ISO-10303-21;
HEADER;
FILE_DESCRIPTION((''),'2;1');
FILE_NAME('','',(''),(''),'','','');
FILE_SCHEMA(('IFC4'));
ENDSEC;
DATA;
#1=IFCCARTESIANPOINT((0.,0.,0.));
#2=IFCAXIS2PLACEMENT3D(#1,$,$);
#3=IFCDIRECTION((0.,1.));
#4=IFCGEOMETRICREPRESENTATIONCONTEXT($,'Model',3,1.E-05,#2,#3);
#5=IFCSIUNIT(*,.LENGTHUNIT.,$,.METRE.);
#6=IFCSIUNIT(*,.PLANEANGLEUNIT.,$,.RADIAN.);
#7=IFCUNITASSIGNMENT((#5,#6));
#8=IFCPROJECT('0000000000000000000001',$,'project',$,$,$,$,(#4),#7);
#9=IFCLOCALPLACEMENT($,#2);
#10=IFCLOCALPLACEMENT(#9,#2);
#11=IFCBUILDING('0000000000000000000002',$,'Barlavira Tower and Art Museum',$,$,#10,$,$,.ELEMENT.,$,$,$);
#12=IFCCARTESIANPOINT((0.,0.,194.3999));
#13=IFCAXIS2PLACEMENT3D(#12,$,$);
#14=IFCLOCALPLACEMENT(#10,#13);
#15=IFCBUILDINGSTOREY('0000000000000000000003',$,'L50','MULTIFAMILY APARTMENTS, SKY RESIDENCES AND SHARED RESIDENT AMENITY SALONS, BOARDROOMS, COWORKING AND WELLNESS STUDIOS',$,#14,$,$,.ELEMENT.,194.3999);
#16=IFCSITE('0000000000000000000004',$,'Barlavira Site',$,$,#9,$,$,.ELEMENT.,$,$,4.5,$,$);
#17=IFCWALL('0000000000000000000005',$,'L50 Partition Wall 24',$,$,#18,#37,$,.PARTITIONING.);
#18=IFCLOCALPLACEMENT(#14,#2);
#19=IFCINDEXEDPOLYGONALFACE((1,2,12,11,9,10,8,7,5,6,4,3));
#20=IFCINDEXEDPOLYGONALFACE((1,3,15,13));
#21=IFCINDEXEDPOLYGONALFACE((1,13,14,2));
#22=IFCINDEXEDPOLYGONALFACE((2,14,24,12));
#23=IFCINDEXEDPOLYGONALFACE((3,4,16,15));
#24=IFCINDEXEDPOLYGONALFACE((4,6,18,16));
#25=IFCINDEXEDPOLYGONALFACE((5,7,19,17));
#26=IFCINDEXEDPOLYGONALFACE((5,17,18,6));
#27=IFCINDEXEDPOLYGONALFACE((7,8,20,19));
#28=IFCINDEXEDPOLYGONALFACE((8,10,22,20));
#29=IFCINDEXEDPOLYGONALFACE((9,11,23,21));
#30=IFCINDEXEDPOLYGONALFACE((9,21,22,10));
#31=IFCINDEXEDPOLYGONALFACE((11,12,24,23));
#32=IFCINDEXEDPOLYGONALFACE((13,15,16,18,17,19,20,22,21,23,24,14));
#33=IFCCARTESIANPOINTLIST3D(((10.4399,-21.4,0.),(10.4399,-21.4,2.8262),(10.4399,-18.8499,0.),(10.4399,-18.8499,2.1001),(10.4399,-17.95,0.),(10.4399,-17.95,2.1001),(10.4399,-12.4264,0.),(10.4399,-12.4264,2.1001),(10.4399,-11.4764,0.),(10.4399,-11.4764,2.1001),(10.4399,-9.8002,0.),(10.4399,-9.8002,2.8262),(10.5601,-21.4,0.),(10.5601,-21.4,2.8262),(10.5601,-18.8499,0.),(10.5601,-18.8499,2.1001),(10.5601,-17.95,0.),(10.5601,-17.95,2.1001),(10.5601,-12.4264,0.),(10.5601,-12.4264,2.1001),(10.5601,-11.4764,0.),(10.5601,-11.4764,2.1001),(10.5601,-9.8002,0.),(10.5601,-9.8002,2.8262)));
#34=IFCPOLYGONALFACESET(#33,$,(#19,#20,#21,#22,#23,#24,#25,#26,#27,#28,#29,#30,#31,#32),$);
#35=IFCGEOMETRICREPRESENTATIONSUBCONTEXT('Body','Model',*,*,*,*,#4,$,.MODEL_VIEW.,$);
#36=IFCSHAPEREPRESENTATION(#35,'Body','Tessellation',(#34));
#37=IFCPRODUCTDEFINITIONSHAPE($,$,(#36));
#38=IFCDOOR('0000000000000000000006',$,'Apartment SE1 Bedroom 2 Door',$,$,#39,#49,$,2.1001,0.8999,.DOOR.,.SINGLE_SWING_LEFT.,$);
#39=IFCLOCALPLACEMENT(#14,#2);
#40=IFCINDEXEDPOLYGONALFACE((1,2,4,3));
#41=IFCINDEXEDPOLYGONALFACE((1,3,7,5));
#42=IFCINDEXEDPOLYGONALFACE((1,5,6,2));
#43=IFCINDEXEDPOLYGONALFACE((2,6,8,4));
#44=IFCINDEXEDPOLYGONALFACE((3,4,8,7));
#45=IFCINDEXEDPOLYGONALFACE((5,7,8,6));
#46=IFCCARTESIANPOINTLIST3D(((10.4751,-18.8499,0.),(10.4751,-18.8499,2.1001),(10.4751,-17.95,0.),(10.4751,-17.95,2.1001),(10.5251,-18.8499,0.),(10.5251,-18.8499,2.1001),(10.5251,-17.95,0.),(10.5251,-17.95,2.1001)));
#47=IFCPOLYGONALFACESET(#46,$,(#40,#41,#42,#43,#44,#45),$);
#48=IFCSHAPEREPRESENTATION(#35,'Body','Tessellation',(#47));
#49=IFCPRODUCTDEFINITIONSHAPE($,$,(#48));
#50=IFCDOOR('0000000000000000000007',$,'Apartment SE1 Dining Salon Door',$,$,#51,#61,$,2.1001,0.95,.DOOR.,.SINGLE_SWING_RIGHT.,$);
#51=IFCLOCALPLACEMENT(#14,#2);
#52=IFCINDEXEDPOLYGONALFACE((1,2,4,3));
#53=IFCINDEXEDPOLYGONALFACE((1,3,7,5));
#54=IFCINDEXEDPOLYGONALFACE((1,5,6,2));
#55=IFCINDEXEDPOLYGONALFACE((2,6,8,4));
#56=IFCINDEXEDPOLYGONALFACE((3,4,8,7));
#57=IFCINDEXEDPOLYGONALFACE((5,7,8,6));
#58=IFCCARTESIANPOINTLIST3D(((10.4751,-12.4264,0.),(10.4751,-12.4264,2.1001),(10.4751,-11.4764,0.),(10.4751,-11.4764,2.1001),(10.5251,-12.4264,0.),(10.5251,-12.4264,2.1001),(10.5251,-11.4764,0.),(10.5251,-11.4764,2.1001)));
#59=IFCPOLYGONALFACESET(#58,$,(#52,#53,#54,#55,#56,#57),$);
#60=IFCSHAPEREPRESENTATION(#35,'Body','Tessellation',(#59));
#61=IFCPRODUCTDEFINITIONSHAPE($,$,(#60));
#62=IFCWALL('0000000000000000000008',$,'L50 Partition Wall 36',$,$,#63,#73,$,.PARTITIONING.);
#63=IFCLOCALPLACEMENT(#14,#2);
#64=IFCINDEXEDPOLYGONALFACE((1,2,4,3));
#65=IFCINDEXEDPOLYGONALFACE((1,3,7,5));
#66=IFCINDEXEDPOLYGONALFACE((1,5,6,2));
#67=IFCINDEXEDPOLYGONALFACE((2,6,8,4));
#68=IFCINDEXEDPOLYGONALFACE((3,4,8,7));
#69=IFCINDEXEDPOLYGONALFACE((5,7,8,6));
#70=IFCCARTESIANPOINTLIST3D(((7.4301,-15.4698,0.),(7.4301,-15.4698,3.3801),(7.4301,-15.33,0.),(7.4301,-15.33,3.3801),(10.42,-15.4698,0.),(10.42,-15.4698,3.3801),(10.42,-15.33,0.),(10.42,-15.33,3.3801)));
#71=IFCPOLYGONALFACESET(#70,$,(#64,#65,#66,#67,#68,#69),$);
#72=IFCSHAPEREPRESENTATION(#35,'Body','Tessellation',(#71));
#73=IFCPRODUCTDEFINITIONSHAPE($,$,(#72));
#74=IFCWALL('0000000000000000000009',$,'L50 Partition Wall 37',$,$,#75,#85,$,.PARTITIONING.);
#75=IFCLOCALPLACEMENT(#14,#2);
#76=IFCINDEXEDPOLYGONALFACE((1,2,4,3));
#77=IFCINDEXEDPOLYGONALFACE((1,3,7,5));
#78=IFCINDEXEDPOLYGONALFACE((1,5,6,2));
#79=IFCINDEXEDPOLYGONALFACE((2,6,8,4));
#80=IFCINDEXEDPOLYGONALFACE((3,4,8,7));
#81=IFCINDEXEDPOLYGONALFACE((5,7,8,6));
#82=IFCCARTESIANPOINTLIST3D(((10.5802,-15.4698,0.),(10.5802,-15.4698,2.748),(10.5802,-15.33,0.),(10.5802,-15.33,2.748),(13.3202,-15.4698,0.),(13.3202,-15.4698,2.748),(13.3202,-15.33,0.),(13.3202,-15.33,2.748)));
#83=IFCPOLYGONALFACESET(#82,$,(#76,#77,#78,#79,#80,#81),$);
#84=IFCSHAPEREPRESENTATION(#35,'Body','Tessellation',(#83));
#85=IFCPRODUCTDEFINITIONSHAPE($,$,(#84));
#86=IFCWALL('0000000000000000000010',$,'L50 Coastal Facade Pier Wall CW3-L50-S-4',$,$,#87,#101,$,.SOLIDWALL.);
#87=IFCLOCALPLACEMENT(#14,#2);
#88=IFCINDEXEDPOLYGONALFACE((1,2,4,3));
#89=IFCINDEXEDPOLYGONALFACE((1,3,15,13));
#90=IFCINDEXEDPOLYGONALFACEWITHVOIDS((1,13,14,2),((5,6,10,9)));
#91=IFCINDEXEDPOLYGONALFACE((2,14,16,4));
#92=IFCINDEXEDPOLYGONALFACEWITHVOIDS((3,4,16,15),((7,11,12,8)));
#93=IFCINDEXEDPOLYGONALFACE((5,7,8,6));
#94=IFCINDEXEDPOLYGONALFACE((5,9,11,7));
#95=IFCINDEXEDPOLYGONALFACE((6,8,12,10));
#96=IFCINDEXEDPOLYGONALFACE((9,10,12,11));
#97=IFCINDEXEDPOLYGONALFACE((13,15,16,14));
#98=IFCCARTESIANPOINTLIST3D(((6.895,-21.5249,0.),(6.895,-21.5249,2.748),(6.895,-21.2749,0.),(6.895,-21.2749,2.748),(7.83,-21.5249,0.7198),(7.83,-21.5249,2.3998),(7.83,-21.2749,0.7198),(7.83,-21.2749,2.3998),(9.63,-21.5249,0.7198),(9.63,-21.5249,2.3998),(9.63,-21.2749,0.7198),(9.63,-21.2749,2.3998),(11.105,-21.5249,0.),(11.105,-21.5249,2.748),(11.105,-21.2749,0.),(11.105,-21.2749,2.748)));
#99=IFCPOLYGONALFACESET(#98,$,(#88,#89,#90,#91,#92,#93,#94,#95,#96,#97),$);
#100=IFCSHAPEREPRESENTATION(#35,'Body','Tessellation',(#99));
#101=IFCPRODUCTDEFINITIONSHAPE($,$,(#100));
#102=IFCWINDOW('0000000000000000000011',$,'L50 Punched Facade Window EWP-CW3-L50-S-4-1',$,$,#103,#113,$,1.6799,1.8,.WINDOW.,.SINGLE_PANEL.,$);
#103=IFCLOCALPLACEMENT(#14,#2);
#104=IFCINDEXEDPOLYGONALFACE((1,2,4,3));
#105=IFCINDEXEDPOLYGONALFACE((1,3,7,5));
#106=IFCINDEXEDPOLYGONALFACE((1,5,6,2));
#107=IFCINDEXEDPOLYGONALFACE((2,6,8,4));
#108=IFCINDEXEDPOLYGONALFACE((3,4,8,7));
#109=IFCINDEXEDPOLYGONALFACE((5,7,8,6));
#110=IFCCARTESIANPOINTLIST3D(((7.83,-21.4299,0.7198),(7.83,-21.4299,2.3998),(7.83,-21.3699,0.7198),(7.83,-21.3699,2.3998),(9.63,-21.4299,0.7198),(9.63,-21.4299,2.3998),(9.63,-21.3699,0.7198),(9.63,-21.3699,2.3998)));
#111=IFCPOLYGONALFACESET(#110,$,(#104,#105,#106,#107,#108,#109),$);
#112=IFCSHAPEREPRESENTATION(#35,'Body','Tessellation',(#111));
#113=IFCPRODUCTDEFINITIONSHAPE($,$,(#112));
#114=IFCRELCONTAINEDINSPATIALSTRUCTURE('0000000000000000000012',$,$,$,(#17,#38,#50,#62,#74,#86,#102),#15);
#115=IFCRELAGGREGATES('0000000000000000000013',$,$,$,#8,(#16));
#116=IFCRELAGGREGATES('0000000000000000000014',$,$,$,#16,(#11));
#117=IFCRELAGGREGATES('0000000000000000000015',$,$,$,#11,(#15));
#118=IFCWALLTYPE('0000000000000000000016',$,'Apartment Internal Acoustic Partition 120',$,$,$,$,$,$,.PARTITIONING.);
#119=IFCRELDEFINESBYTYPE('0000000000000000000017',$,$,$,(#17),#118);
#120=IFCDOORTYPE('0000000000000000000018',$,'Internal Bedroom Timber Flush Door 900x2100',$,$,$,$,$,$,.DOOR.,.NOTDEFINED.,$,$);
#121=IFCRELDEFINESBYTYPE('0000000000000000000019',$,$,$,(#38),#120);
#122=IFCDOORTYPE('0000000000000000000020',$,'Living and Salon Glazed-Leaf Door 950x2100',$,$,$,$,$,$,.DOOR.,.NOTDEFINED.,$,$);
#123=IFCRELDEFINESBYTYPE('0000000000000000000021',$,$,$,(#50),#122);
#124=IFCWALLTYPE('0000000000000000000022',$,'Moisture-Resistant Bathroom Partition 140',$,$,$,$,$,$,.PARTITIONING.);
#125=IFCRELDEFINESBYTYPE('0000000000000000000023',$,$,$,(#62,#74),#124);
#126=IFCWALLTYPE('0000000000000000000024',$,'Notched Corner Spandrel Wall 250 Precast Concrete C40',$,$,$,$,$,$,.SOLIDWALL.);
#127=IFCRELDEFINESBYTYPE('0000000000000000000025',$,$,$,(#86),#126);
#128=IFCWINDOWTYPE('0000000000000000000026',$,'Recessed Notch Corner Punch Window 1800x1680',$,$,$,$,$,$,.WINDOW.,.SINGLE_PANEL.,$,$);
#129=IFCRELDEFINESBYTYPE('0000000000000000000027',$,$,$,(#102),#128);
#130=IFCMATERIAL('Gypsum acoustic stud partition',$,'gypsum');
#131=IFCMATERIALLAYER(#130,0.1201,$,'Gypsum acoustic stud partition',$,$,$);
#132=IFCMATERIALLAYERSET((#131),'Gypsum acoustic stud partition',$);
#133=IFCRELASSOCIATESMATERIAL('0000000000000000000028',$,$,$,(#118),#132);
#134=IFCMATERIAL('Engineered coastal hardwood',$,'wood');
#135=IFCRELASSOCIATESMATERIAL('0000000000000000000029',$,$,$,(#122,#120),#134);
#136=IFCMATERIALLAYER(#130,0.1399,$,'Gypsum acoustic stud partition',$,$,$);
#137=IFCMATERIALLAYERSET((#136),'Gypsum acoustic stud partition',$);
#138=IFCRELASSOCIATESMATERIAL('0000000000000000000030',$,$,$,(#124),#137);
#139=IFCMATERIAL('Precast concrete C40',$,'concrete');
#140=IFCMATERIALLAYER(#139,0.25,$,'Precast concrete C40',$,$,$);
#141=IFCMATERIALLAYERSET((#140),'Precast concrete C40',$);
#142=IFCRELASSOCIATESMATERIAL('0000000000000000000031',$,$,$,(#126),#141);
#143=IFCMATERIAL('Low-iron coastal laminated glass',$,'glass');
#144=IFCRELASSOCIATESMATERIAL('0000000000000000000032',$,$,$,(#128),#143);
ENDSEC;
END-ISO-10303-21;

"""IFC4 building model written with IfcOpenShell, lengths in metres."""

from ifc_helpers import new_model, si_unit, direction, frame, frame_2d, origin, place, context, subcontext, project, spatial, rectangle, extrude, material, layer, layer_set, type_object, element, fill, save


model = new_model("IFC4")

# Units and contexts
model_context = context("Model", 3, precision=1e-05, world=origin(), true_north=direction((0.0, 1.0)))
body_context = subcontext(model_context, "Body", "Model", "MODEL_VIEW")
ifc_project = project(units=[si_unit("LENGTHUNIT", "METRE"), si_unit("PLANEANGLEUNIT", "RADIAN")], contexts=[model_context])

# Site, building, storey
site_placement = place(None, origin())
site = spatial("IfcSite", under=ifc_project, at=site_placement, Name="Barlavira Site", CompositionType="ELEMENT", RefElevation=4.5)
building_placement = place(site_placement, origin())
building = spatial("IfcBuilding", under=site, at=building_placement, Name="Barlavira Tower and Art Museum", CompositionType="ELEMENT")
storey_placement = place(building_placement, frame((0.0, 0.0, 194.3999)))
storey = spatial("IfcBuildingStorey", under=building, at=storey_placement, Name="L50", Description="MULTIFAMILY APARTMENTS, SKY RESIDENCES AND SHARED RESIDENT AMENITY SALONS, BOARDROOMS, COWORKING AND WELLNESS STUDIOS", CompositionType="ELEMENT", Elevation=194.3999)

# Shared definitions
ifc_material_1 = material(Name="Gypsum acoustic stud partition", Category="gypsum")
ifc_layer_1 = layer(ifc_material_1, 0.1201, Name="Gypsum acoustic stud partition")
ifc_layer_set_1 = layer_set([ifc_layer_1], Name="Gypsum acoustic stud partition")
wall_type_1 = type_object("IfcWallType", Name="Apartment Internal Acoustic Partition 120", PredefinedType="PARTITIONING", material=ifc_layer_set_1)
ifc_material_2 = material(Name="Engineered coastal hardwood", Category="wood")
door_type_1 = type_object("IfcDoorType", Name="Living and Salon Glazed-Leaf Door 950x2100", OperationType="NOTDEFINED", PredefinedType="DOOR", material=ifc_material_2)

# Wall, openings, doors
wall_1_placement = place(storey_placement, frame((10.5, -21.3999, 0.0), z_axis=(0.0, 0.0, 1.0), x_axis=(0.0, 1.0, 0.0)))
wall_1 = element("IfcWall", 1, at=wall_1_placement, inside=storey, type_object=wall_type_1, Name="L50 Partition Wall 24", PredefinedType="PARTITIONING", context=body_context, shape_type="SweptSolid", body=[
    extrude(rectangle(XDim=11.5999, YDim=0.1201, at=frame_2d((5.7998, 0.0))), origin(), (0.0, 0.0, 1.0), 2.8262),
])
opening_1_placement = place(wall_1_placement, frame((8.9734, 0.0, 0.0)))
opening_1 = element("IfcOpeningElement", 2, at=opening_1_placement, cuts=wall_1, PredefinedType="OPENING", context=body_context, shape_type="SweptSolid", body=[
    extrude(rectangle(XDim=0.95, YDim=2.1001, at=frame_2d((0.4751, 1.05))), frame((0.0, 0.0701, 0.0), z_axis=(0.0, -1.0, 0.0), x_axis=(1.0, 0.0, 0.0)), (0.0, 0.0, 1.0), 0.1401),
])
opening_2_placement = place(wall_1_placement, frame((2.55, 0.0, 0.0)))
opening_2 = element("IfcOpeningElement", 3, at=opening_2_placement, cuts=wall_1, PredefinedType="OPENING", context=body_context, shape_type="SweptSolid", body=[
    extrude(rectangle(XDim=0.8999, YDim=2.1001, at=frame_2d((0.45, 1.05))), frame((0.0, 0.0701, 0.0), z_axis=(0.0, -1.0, 0.0), x_axis=(1.0, 0.0, 0.0)), (0.0, 0.0, 1.0), 0.1401),
])
door_type_2 = type_object("IfcDoorType", Name="Internal Bedroom Timber Flush Door 900x2100", OperationType="NOTDEFINED", PredefinedType="DOOR", material=ifc_material_2)
door_1_placement = place(opening_2_placement, origin())
door_1 = element("IfcDoor", 4, at=door_1_placement, inside=storey, type_object=door_type_2, Name="Apartment SE1 Bedroom 2 Door", OperationType="SINGLE_SWING_LEFT", OverallHeight=2.1001, OverallWidth=0.8999, PredefinedType="DOOR", context=body_context, shape_type="SweptSolid", body=[
    extrude(rectangle(XDim=0.8999, YDim=2.1001, at=frame_2d((0.45, 1.05))), frame((0.0, 0.0249, 0.0), z_axis=(0.0, -1.0, 0.0), x_axis=(1.0, 0.0, 0.0)), (0.0, 0.0, 1.0), 0.05),
])
fill(opening_2, door_1)
door_2_placement = place(opening_1_placement, origin())
door_2 = element("IfcDoor", 5, at=door_2_placement, inside=storey, type_object=door_type_1, Name="Apartment SE1 Dining Salon Door", OperationType="SINGLE_SWING_RIGHT", OverallHeight=2.1001, OverallWidth=0.95, PredefinedType="DOOR", context=body_context, shape_type="SweptSolid", body=[
    extrude(rectangle(XDim=0.95, YDim=2.1001, at=frame_2d((0.4751, 1.05))), frame((0.0, 0.0249, 0.0), z_axis=(0.0, -1.0, 0.0), x_axis=(1.0, 0.0, 0.0)), (0.0, 0.0, 1.0), 0.05),
])
fill(opening_1, door_2)

# Walls
ifc_layer_2 = layer(ifc_material_1, 0.1399, Name="Gypsum acoustic stud partition")
ifc_layer_set_2 = layer_set([ifc_layer_2], Name="Gypsum acoustic stud partition")
wall_type_2 = type_object("IfcWallType", Name="Moisture-Resistant Bathroom Partition 140", PredefinedType="PARTITIONING", material=ifc_layer_set_2)
wall_2_placement = place(storey_placement, frame((7.4299, -15.3999, 0.0), z_axis=(0.0, 0.0, 1.0), x_axis=(1.0, 0.0, 0.0)))
element("IfcWall", 6, at=wall_2_placement, inside=storey, type_object=wall_type_2, Name="L50 Partition Wall 36", PredefinedType="PARTITIONING", context=body_context, shape_type="SweptSolid", body=[
    extrude(rectangle(XDim=2.99, YDim=0.1399, at=frame_2d((1.4951, 0.0))), origin(), (0.0, 0.0, 1.0), 3.3801),
])
wall_3_placement = place(storey_placement, frame((10.5801, -15.3999, 0.0), z_axis=(0.0, 0.0, 1.0), x_axis=(1.0, 0.0, 0.0)))
element("IfcWall", 7, at=wall_3_placement, inside=storey, type_object=wall_type_2, Name="L50 Partition Wall 37", PredefinedType="PARTITIONING", context=body_context, shape_type="SweptSolid", body=[
    extrude(rectangle(XDim=2.74, YDim=0.1399, at=frame_2d((1.3701, 0.0))), origin(), (0.0, 0.0, 1.0), 2.748),
])

# Wall, opening, window
ifc_material_3 = material(Name="Precast concrete C40", Category="concrete")
ifc_layer_3 = layer(ifc_material_3, 0.25, Name="Precast concrete C40")
ifc_layer_set_3 = layer_set([ifc_layer_3], Name="Precast concrete C40")
wall_type_3 = type_object("IfcWallType", Name="Notched Corner Spandrel Wall 250 Precast Concrete C40", PredefinedType="SOLIDWALL", material=ifc_layer_set_3)
wall_4_placement = place(storey_placement, frame((6.895, -21.3999, 0.0), z_axis=(0.0, 0.0, 1.0), x_axis=(1.0, 0.0, 0.0)))
wall_4 = element("IfcWall", 8, at=wall_4_placement, inside=storey, type_object=wall_type_3, Name="L50 Coastal Facade Pier Wall CW3-L50-S-4", PredefinedType="SOLIDWALL", context=body_context, shape_type="SweptSolid", body=[
    extrude(rectangle(XDim=4.21, YDim=0.25, at=frame_2d((2.105, 0.0))), origin(), (0.0, 0.0, 1.0), 2.748),
])
opening_3_placement = place(wall_4_placement, frame((0.9351, 0.0, 0.72)))
opening_3 = element("IfcOpeningElement", 9, at=opening_3_placement, cuts=wall_4, PredefinedType="OPENING", context=body_context, shape_type="SweptSolid", body=[
    extrude(rectangle(XDim=1.8, YDim=1.6799, at=frame_2d((0.8999, 0.8398))), frame((0.0, 0.135, 0.0), z_axis=(0.0, -1.0, 0.0), x_axis=(1.0, 0.0, 0.0)), (0.0, 0.0, 1.0), 0.27),
])
ifc_material_4 = material(Name="Low-iron coastal laminated glass", Category="glass")
window_type = type_object("IfcWindowType", Name="Recessed Notch Corner Punch Window 1800x1680", PartitioningType="SINGLE_PANEL", PredefinedType="WINDOW", material=ifc_material_4)
window_placement = place(opening_3_placement, origin())
window = element("IfcWindow", 10, at=window_placement, inside=storey, type_object=window_type, Name="L50 Punched Facade Window EWP-CW3-L50-S-4-1", OverallHeight=1.6799, OverallWidth=1.8, PartitioningType="SINGLE_PANEL", PredefinedType="WINDOW", context=body_context, shape_type="SweptSolid", body=[
    extrude(rectangle(XDim=1.8, YDim=1.6799, at=frame_2d((0.8999, 0.8398))), frame((0.0, 0.03, 0.0), z_axis=(0.0, -1.0, 0.0), x_axis=(1.0, 0.0, 0.0)), (0.0, 0.0, 1.0), 0.0601),
])
fill(opening_3, window)

save(model, "model.ifc")
